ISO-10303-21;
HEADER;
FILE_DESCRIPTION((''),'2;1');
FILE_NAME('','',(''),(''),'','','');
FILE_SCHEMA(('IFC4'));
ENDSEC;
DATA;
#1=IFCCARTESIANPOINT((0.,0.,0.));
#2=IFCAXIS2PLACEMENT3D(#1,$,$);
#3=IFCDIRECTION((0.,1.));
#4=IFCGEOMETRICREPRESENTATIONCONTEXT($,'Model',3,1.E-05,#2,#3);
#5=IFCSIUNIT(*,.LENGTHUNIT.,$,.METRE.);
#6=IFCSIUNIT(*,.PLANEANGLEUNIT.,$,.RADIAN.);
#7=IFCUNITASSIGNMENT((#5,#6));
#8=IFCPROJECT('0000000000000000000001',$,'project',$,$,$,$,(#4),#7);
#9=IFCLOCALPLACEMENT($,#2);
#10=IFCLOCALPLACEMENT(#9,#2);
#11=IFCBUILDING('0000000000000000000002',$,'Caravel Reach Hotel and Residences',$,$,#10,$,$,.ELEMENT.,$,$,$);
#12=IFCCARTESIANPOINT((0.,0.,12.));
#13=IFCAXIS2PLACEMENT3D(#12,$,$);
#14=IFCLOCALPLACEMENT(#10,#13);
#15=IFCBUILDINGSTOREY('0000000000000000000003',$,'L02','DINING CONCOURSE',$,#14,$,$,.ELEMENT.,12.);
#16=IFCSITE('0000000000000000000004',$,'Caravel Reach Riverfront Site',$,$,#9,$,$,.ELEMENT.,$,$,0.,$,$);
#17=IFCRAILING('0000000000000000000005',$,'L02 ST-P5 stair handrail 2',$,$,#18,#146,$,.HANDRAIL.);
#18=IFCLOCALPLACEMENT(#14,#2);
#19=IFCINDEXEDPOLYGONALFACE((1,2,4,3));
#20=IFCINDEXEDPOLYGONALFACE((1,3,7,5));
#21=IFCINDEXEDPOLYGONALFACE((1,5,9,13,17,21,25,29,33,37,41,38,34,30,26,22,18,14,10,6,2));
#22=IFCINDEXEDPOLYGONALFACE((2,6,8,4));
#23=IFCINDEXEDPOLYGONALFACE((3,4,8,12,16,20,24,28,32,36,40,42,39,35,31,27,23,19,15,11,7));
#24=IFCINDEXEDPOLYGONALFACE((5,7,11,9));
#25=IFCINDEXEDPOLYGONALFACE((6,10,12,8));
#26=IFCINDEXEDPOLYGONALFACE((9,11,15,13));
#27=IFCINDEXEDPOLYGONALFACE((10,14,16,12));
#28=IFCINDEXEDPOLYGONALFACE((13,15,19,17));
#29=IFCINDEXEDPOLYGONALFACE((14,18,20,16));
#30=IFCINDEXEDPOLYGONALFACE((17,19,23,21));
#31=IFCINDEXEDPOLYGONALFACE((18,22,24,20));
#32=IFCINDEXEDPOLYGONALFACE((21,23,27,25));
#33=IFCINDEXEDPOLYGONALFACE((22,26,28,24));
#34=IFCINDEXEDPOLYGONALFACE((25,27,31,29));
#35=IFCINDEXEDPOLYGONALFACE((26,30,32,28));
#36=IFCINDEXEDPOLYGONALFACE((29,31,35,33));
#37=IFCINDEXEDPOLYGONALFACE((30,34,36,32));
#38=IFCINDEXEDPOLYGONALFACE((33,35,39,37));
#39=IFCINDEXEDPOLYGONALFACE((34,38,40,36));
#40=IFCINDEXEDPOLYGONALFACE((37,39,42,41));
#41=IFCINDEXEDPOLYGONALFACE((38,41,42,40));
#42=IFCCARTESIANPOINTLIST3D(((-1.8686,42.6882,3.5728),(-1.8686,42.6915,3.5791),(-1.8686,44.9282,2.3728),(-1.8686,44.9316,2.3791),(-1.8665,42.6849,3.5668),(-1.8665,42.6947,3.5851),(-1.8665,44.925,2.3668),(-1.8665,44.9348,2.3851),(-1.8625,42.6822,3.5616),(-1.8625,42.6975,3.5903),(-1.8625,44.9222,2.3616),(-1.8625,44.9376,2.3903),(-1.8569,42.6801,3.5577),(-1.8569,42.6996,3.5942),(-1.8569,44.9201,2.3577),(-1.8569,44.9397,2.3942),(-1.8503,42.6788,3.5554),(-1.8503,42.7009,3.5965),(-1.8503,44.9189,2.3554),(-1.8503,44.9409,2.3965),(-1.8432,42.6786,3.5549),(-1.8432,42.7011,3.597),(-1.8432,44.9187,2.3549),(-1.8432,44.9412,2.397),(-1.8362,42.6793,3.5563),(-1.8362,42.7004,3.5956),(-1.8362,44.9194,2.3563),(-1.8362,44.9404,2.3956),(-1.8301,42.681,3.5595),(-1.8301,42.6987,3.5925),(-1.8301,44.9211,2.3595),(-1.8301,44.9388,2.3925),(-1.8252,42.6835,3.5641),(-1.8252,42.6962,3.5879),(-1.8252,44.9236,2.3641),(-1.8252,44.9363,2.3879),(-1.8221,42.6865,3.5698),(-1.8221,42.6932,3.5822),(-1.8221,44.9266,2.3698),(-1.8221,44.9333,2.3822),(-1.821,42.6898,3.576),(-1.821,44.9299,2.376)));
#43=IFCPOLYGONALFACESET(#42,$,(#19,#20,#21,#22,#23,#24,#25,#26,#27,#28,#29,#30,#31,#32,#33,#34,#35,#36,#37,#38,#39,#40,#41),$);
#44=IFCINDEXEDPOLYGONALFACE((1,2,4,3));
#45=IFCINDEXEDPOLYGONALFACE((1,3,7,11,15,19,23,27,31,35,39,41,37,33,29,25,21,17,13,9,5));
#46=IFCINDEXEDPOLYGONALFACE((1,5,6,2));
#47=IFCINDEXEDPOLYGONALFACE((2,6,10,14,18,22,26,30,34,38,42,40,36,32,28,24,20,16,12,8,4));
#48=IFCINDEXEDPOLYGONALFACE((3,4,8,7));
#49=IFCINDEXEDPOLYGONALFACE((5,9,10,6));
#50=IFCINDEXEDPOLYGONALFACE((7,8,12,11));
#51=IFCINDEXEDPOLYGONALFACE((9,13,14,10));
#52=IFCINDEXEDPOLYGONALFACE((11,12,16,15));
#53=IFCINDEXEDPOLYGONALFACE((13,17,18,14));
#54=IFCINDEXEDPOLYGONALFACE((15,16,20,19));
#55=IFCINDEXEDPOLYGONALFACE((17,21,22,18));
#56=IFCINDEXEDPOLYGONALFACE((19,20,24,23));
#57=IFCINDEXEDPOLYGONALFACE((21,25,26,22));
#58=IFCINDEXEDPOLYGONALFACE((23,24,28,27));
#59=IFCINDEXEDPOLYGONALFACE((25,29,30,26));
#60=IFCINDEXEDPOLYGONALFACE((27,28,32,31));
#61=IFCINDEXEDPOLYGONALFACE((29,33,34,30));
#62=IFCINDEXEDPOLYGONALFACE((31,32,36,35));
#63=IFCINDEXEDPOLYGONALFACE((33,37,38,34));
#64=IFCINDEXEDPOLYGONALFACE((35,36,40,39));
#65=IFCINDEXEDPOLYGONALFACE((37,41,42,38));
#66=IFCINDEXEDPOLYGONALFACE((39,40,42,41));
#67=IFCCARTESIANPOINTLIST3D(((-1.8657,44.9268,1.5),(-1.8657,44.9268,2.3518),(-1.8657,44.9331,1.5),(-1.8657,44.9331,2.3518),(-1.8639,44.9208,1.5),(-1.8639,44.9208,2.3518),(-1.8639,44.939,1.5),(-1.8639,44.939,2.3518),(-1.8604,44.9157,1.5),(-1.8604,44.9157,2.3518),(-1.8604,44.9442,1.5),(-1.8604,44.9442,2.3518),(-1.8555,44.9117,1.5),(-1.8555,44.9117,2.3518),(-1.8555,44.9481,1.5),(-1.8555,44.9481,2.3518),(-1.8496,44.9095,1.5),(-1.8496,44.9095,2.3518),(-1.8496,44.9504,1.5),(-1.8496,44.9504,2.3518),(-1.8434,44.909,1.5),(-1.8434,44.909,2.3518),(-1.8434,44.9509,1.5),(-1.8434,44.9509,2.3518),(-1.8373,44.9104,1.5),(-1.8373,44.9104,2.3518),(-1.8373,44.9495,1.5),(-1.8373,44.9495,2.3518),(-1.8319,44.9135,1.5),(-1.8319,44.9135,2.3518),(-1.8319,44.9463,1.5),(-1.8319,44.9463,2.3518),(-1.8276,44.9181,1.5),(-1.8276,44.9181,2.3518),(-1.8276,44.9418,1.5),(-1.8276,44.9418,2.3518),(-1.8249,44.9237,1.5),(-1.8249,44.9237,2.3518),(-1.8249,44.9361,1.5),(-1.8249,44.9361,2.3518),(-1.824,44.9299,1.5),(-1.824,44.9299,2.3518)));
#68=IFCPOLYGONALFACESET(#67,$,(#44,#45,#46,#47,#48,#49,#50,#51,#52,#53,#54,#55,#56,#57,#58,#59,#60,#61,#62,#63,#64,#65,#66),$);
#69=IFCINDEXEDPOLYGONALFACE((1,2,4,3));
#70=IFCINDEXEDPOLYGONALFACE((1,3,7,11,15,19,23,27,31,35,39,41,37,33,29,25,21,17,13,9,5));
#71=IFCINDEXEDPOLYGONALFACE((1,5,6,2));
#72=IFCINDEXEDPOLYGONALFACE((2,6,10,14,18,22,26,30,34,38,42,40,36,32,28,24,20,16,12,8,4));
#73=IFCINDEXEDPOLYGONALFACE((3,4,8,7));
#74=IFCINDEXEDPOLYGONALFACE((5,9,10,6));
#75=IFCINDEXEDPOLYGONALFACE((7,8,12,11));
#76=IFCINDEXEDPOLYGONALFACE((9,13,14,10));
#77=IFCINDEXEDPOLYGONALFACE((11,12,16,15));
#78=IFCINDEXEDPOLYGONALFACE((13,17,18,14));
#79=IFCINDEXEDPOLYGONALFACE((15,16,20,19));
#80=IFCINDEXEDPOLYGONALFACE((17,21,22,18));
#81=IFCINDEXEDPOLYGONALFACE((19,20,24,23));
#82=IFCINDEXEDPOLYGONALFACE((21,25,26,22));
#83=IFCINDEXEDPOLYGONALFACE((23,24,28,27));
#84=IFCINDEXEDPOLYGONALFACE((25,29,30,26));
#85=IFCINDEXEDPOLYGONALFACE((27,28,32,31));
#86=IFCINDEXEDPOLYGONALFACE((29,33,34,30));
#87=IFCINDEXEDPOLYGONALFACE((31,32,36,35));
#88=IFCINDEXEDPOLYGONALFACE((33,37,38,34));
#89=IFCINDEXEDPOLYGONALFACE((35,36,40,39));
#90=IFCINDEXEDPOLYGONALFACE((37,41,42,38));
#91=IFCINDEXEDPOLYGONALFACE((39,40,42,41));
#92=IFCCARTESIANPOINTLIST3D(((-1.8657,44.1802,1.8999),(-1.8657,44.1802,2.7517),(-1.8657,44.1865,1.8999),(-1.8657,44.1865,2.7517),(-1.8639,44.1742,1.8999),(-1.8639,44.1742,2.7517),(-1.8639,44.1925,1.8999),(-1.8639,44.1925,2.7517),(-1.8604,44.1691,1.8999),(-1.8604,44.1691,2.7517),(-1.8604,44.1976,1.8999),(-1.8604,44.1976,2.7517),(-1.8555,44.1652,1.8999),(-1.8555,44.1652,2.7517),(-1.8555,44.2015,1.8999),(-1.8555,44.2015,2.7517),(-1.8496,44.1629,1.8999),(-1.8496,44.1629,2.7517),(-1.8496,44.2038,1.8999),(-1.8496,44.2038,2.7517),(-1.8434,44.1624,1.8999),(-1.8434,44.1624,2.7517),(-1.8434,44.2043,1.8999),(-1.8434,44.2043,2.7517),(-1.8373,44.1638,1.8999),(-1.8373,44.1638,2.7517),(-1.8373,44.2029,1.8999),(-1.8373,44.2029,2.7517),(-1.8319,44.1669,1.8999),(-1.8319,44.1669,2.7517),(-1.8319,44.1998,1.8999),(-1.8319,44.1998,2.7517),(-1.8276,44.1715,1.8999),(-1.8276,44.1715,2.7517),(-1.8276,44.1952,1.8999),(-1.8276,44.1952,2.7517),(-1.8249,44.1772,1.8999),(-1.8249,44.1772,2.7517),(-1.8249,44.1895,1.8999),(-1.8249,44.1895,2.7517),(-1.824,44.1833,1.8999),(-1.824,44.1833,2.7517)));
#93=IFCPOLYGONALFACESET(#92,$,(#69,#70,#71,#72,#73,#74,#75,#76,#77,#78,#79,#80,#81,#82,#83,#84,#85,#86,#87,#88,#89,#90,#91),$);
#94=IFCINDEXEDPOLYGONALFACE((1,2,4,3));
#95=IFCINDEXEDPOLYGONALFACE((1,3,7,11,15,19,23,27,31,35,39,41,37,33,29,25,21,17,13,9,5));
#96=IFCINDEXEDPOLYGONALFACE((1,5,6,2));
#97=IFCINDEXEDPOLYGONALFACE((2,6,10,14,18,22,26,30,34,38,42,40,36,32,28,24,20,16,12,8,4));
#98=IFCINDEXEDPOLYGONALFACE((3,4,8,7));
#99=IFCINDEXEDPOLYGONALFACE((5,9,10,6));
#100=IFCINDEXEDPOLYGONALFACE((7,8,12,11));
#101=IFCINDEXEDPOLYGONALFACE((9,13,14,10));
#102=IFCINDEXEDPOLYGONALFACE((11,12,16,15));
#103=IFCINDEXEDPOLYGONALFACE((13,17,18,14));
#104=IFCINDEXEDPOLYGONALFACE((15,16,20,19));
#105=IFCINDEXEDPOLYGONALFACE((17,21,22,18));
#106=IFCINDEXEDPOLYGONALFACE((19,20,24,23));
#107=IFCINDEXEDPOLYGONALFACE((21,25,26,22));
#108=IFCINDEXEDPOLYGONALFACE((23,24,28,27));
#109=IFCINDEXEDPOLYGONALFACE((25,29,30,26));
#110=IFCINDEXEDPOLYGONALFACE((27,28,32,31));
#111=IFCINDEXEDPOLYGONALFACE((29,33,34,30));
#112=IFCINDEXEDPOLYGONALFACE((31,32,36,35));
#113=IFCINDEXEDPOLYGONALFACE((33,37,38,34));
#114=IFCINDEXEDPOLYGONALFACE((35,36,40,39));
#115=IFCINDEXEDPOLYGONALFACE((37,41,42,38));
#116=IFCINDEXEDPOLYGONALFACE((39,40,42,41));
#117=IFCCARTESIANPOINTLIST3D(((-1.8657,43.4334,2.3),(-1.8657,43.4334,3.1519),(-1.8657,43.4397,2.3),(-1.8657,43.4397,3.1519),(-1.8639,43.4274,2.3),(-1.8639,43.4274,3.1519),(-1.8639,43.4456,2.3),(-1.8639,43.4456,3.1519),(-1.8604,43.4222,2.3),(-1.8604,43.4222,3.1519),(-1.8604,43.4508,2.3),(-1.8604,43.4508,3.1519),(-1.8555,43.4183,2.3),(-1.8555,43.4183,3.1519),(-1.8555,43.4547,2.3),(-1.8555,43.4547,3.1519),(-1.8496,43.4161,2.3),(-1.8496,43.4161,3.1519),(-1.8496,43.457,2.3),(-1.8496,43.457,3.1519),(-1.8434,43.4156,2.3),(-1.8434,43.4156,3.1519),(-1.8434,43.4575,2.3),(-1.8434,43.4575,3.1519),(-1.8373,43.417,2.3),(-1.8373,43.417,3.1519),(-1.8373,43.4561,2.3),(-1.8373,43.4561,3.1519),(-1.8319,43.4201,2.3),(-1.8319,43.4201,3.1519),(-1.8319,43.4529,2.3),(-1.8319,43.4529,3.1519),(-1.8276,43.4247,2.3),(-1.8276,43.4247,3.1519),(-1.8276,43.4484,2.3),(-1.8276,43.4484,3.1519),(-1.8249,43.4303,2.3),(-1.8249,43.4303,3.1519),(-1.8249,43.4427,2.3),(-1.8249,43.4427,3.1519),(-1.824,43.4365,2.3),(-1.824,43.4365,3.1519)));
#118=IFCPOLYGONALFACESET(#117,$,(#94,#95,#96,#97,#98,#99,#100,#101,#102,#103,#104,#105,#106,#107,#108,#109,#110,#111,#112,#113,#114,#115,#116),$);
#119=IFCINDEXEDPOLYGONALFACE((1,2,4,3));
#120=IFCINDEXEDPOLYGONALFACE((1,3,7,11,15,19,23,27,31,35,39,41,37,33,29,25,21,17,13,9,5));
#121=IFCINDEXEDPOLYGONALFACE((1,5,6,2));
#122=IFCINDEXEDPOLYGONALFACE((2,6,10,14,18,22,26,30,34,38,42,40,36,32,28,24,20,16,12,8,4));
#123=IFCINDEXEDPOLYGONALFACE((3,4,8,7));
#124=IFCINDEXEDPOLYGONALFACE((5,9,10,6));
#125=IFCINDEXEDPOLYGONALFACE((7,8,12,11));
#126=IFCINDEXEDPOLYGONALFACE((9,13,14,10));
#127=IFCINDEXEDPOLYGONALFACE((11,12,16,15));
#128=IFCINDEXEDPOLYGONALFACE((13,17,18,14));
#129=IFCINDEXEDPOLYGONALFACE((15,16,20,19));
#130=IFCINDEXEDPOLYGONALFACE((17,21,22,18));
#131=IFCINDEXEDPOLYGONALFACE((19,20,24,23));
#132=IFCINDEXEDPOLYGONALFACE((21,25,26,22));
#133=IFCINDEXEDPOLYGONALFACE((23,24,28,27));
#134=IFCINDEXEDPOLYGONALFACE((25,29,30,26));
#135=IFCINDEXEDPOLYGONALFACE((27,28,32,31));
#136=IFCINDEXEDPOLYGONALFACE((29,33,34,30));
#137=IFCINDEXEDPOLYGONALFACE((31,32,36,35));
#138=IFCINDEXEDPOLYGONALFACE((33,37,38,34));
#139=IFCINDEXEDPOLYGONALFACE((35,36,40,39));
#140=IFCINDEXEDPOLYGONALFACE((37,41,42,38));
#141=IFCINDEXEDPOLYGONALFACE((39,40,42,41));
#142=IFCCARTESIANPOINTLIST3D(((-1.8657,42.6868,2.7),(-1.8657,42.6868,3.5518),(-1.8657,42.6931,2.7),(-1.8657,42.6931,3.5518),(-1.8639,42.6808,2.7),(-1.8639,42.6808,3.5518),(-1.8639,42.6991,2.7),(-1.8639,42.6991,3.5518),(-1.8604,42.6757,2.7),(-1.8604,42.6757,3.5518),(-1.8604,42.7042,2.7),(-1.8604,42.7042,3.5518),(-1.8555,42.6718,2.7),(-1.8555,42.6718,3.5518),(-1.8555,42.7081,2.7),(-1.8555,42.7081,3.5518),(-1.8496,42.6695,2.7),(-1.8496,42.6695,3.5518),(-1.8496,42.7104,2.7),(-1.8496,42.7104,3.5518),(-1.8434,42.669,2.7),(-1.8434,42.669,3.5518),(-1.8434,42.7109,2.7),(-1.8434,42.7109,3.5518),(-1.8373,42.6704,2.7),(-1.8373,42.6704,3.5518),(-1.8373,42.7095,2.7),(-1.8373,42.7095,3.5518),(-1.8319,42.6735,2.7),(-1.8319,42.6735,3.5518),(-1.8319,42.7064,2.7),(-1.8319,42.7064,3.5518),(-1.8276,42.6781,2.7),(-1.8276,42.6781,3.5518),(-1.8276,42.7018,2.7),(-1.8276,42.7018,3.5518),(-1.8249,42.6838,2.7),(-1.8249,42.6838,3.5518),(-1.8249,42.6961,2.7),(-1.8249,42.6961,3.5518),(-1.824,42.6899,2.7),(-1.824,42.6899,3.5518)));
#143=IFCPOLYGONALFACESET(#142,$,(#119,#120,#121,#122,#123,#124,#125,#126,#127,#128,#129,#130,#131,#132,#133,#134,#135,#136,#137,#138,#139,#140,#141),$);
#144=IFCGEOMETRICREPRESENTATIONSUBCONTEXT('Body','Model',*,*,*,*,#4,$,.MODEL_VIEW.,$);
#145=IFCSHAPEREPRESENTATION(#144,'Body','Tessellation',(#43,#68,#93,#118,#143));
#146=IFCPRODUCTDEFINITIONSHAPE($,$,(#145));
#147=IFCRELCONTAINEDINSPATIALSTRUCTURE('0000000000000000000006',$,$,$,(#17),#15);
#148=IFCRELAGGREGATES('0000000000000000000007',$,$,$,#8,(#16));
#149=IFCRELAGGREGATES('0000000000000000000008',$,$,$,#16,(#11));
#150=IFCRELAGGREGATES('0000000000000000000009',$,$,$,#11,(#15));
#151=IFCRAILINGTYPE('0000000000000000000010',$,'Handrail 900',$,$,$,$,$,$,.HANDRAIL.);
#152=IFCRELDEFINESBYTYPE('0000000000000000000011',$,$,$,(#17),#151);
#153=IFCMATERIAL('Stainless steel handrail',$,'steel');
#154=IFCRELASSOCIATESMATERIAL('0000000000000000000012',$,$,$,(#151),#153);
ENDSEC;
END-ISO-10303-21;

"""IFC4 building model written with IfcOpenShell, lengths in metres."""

from ifc_helpers import new_model, si_unit, direction, frame, origin, origin_2d, place, context, subcontext, project, spatial, circle, extrude, material, type_object, element, save


model = new_model("IFC4")

# Units and contexts
model_context = context("Model", 3, precision=1e-05, world=origin(), true_north=direction((0.0, 1.0)))
body_context = subcontext(model_context, "Body", "Model", "MODEL_VIEW")
ifc_project = project(units=[si_unit("LENGTHUNIT", "METRE"), si_unit("PLANEANGLEUNIT", "RADIAN")], contexts=[model_context])

# Site, building, storey
site_placement = place(None, origin())
site = spatial("IfcSite", under=ifc_project, at=site_placement, Name="Caravel Reach Riverfront Site", CompositionType="ELEMENT", RefElevation=0.0)
building_placement = place(site_placement, origin())
building = spatial("IfcBuilding", under=site, at=building_placement, Name="Caravel Reach Hotel and Residences", CompositionType="ELEMENT")
storey_placement = place(building_placement, frame((0.0, 0.0, 12.0)))
storey = spatial("IfcBuildingStorey", under=building, at=storey_placement, Name="L02", Description="DINING CONCOURSE", CompositionType="ELEMENT", Elevation=12.0)

# Railing
ifc_material_1 = material(Name="Stainless steel handrail", Category="steel")
railing_type_1 = type_object("IfcRailingType", Name="Handrail 900", PredefinedType="HANDRAIL", material=ifc_material_1)
railing_1_placement = place(storey_placement, frame((-1.845, 44.9299, 1.5)))
element("IfcRailing", 1, at=railing_1_placement, inside=storey, type_object=railing_type_1, Name="L02 ST-P5 stair handrail 2", PredefinedType="HANDRAIL", context=body_context, shape_type="SweptSolid", body=[
    extrude(circle(Radius=0.0239, at=origin_2d()), frame((0.0, 0.0, 0.876), z_axis=(0.0, -0.881487, 0.472208), x_axis=(1.0, 0.0, 0.0)), (0.0, 0.0, 1.0), 2.5413),
    extrude(circle(Radius=0.021, at=origin_2d()), origin(), (0.0, 0.0, 1.0), 0.8518),
    extrude(circle(Radius=0.021, at=origin_2d()), frame((0.0, -0.7466, 0.3999)), (0.0, 0.0, 1.0), 0.8518),
    extrude(circle(Radius=0.021, at=origin_2d()), frame((0.0, -1.4934, 0.8)), (0.0, 0.0, 1.0), 0.8518),
    extrude(circle(Radius=0.021, at=origin_2d()), frame((0.0, -2.24, 1.2)), (0.0, 0.0, 1.0), 0.8518),
])

save(model, "model.ifc")
